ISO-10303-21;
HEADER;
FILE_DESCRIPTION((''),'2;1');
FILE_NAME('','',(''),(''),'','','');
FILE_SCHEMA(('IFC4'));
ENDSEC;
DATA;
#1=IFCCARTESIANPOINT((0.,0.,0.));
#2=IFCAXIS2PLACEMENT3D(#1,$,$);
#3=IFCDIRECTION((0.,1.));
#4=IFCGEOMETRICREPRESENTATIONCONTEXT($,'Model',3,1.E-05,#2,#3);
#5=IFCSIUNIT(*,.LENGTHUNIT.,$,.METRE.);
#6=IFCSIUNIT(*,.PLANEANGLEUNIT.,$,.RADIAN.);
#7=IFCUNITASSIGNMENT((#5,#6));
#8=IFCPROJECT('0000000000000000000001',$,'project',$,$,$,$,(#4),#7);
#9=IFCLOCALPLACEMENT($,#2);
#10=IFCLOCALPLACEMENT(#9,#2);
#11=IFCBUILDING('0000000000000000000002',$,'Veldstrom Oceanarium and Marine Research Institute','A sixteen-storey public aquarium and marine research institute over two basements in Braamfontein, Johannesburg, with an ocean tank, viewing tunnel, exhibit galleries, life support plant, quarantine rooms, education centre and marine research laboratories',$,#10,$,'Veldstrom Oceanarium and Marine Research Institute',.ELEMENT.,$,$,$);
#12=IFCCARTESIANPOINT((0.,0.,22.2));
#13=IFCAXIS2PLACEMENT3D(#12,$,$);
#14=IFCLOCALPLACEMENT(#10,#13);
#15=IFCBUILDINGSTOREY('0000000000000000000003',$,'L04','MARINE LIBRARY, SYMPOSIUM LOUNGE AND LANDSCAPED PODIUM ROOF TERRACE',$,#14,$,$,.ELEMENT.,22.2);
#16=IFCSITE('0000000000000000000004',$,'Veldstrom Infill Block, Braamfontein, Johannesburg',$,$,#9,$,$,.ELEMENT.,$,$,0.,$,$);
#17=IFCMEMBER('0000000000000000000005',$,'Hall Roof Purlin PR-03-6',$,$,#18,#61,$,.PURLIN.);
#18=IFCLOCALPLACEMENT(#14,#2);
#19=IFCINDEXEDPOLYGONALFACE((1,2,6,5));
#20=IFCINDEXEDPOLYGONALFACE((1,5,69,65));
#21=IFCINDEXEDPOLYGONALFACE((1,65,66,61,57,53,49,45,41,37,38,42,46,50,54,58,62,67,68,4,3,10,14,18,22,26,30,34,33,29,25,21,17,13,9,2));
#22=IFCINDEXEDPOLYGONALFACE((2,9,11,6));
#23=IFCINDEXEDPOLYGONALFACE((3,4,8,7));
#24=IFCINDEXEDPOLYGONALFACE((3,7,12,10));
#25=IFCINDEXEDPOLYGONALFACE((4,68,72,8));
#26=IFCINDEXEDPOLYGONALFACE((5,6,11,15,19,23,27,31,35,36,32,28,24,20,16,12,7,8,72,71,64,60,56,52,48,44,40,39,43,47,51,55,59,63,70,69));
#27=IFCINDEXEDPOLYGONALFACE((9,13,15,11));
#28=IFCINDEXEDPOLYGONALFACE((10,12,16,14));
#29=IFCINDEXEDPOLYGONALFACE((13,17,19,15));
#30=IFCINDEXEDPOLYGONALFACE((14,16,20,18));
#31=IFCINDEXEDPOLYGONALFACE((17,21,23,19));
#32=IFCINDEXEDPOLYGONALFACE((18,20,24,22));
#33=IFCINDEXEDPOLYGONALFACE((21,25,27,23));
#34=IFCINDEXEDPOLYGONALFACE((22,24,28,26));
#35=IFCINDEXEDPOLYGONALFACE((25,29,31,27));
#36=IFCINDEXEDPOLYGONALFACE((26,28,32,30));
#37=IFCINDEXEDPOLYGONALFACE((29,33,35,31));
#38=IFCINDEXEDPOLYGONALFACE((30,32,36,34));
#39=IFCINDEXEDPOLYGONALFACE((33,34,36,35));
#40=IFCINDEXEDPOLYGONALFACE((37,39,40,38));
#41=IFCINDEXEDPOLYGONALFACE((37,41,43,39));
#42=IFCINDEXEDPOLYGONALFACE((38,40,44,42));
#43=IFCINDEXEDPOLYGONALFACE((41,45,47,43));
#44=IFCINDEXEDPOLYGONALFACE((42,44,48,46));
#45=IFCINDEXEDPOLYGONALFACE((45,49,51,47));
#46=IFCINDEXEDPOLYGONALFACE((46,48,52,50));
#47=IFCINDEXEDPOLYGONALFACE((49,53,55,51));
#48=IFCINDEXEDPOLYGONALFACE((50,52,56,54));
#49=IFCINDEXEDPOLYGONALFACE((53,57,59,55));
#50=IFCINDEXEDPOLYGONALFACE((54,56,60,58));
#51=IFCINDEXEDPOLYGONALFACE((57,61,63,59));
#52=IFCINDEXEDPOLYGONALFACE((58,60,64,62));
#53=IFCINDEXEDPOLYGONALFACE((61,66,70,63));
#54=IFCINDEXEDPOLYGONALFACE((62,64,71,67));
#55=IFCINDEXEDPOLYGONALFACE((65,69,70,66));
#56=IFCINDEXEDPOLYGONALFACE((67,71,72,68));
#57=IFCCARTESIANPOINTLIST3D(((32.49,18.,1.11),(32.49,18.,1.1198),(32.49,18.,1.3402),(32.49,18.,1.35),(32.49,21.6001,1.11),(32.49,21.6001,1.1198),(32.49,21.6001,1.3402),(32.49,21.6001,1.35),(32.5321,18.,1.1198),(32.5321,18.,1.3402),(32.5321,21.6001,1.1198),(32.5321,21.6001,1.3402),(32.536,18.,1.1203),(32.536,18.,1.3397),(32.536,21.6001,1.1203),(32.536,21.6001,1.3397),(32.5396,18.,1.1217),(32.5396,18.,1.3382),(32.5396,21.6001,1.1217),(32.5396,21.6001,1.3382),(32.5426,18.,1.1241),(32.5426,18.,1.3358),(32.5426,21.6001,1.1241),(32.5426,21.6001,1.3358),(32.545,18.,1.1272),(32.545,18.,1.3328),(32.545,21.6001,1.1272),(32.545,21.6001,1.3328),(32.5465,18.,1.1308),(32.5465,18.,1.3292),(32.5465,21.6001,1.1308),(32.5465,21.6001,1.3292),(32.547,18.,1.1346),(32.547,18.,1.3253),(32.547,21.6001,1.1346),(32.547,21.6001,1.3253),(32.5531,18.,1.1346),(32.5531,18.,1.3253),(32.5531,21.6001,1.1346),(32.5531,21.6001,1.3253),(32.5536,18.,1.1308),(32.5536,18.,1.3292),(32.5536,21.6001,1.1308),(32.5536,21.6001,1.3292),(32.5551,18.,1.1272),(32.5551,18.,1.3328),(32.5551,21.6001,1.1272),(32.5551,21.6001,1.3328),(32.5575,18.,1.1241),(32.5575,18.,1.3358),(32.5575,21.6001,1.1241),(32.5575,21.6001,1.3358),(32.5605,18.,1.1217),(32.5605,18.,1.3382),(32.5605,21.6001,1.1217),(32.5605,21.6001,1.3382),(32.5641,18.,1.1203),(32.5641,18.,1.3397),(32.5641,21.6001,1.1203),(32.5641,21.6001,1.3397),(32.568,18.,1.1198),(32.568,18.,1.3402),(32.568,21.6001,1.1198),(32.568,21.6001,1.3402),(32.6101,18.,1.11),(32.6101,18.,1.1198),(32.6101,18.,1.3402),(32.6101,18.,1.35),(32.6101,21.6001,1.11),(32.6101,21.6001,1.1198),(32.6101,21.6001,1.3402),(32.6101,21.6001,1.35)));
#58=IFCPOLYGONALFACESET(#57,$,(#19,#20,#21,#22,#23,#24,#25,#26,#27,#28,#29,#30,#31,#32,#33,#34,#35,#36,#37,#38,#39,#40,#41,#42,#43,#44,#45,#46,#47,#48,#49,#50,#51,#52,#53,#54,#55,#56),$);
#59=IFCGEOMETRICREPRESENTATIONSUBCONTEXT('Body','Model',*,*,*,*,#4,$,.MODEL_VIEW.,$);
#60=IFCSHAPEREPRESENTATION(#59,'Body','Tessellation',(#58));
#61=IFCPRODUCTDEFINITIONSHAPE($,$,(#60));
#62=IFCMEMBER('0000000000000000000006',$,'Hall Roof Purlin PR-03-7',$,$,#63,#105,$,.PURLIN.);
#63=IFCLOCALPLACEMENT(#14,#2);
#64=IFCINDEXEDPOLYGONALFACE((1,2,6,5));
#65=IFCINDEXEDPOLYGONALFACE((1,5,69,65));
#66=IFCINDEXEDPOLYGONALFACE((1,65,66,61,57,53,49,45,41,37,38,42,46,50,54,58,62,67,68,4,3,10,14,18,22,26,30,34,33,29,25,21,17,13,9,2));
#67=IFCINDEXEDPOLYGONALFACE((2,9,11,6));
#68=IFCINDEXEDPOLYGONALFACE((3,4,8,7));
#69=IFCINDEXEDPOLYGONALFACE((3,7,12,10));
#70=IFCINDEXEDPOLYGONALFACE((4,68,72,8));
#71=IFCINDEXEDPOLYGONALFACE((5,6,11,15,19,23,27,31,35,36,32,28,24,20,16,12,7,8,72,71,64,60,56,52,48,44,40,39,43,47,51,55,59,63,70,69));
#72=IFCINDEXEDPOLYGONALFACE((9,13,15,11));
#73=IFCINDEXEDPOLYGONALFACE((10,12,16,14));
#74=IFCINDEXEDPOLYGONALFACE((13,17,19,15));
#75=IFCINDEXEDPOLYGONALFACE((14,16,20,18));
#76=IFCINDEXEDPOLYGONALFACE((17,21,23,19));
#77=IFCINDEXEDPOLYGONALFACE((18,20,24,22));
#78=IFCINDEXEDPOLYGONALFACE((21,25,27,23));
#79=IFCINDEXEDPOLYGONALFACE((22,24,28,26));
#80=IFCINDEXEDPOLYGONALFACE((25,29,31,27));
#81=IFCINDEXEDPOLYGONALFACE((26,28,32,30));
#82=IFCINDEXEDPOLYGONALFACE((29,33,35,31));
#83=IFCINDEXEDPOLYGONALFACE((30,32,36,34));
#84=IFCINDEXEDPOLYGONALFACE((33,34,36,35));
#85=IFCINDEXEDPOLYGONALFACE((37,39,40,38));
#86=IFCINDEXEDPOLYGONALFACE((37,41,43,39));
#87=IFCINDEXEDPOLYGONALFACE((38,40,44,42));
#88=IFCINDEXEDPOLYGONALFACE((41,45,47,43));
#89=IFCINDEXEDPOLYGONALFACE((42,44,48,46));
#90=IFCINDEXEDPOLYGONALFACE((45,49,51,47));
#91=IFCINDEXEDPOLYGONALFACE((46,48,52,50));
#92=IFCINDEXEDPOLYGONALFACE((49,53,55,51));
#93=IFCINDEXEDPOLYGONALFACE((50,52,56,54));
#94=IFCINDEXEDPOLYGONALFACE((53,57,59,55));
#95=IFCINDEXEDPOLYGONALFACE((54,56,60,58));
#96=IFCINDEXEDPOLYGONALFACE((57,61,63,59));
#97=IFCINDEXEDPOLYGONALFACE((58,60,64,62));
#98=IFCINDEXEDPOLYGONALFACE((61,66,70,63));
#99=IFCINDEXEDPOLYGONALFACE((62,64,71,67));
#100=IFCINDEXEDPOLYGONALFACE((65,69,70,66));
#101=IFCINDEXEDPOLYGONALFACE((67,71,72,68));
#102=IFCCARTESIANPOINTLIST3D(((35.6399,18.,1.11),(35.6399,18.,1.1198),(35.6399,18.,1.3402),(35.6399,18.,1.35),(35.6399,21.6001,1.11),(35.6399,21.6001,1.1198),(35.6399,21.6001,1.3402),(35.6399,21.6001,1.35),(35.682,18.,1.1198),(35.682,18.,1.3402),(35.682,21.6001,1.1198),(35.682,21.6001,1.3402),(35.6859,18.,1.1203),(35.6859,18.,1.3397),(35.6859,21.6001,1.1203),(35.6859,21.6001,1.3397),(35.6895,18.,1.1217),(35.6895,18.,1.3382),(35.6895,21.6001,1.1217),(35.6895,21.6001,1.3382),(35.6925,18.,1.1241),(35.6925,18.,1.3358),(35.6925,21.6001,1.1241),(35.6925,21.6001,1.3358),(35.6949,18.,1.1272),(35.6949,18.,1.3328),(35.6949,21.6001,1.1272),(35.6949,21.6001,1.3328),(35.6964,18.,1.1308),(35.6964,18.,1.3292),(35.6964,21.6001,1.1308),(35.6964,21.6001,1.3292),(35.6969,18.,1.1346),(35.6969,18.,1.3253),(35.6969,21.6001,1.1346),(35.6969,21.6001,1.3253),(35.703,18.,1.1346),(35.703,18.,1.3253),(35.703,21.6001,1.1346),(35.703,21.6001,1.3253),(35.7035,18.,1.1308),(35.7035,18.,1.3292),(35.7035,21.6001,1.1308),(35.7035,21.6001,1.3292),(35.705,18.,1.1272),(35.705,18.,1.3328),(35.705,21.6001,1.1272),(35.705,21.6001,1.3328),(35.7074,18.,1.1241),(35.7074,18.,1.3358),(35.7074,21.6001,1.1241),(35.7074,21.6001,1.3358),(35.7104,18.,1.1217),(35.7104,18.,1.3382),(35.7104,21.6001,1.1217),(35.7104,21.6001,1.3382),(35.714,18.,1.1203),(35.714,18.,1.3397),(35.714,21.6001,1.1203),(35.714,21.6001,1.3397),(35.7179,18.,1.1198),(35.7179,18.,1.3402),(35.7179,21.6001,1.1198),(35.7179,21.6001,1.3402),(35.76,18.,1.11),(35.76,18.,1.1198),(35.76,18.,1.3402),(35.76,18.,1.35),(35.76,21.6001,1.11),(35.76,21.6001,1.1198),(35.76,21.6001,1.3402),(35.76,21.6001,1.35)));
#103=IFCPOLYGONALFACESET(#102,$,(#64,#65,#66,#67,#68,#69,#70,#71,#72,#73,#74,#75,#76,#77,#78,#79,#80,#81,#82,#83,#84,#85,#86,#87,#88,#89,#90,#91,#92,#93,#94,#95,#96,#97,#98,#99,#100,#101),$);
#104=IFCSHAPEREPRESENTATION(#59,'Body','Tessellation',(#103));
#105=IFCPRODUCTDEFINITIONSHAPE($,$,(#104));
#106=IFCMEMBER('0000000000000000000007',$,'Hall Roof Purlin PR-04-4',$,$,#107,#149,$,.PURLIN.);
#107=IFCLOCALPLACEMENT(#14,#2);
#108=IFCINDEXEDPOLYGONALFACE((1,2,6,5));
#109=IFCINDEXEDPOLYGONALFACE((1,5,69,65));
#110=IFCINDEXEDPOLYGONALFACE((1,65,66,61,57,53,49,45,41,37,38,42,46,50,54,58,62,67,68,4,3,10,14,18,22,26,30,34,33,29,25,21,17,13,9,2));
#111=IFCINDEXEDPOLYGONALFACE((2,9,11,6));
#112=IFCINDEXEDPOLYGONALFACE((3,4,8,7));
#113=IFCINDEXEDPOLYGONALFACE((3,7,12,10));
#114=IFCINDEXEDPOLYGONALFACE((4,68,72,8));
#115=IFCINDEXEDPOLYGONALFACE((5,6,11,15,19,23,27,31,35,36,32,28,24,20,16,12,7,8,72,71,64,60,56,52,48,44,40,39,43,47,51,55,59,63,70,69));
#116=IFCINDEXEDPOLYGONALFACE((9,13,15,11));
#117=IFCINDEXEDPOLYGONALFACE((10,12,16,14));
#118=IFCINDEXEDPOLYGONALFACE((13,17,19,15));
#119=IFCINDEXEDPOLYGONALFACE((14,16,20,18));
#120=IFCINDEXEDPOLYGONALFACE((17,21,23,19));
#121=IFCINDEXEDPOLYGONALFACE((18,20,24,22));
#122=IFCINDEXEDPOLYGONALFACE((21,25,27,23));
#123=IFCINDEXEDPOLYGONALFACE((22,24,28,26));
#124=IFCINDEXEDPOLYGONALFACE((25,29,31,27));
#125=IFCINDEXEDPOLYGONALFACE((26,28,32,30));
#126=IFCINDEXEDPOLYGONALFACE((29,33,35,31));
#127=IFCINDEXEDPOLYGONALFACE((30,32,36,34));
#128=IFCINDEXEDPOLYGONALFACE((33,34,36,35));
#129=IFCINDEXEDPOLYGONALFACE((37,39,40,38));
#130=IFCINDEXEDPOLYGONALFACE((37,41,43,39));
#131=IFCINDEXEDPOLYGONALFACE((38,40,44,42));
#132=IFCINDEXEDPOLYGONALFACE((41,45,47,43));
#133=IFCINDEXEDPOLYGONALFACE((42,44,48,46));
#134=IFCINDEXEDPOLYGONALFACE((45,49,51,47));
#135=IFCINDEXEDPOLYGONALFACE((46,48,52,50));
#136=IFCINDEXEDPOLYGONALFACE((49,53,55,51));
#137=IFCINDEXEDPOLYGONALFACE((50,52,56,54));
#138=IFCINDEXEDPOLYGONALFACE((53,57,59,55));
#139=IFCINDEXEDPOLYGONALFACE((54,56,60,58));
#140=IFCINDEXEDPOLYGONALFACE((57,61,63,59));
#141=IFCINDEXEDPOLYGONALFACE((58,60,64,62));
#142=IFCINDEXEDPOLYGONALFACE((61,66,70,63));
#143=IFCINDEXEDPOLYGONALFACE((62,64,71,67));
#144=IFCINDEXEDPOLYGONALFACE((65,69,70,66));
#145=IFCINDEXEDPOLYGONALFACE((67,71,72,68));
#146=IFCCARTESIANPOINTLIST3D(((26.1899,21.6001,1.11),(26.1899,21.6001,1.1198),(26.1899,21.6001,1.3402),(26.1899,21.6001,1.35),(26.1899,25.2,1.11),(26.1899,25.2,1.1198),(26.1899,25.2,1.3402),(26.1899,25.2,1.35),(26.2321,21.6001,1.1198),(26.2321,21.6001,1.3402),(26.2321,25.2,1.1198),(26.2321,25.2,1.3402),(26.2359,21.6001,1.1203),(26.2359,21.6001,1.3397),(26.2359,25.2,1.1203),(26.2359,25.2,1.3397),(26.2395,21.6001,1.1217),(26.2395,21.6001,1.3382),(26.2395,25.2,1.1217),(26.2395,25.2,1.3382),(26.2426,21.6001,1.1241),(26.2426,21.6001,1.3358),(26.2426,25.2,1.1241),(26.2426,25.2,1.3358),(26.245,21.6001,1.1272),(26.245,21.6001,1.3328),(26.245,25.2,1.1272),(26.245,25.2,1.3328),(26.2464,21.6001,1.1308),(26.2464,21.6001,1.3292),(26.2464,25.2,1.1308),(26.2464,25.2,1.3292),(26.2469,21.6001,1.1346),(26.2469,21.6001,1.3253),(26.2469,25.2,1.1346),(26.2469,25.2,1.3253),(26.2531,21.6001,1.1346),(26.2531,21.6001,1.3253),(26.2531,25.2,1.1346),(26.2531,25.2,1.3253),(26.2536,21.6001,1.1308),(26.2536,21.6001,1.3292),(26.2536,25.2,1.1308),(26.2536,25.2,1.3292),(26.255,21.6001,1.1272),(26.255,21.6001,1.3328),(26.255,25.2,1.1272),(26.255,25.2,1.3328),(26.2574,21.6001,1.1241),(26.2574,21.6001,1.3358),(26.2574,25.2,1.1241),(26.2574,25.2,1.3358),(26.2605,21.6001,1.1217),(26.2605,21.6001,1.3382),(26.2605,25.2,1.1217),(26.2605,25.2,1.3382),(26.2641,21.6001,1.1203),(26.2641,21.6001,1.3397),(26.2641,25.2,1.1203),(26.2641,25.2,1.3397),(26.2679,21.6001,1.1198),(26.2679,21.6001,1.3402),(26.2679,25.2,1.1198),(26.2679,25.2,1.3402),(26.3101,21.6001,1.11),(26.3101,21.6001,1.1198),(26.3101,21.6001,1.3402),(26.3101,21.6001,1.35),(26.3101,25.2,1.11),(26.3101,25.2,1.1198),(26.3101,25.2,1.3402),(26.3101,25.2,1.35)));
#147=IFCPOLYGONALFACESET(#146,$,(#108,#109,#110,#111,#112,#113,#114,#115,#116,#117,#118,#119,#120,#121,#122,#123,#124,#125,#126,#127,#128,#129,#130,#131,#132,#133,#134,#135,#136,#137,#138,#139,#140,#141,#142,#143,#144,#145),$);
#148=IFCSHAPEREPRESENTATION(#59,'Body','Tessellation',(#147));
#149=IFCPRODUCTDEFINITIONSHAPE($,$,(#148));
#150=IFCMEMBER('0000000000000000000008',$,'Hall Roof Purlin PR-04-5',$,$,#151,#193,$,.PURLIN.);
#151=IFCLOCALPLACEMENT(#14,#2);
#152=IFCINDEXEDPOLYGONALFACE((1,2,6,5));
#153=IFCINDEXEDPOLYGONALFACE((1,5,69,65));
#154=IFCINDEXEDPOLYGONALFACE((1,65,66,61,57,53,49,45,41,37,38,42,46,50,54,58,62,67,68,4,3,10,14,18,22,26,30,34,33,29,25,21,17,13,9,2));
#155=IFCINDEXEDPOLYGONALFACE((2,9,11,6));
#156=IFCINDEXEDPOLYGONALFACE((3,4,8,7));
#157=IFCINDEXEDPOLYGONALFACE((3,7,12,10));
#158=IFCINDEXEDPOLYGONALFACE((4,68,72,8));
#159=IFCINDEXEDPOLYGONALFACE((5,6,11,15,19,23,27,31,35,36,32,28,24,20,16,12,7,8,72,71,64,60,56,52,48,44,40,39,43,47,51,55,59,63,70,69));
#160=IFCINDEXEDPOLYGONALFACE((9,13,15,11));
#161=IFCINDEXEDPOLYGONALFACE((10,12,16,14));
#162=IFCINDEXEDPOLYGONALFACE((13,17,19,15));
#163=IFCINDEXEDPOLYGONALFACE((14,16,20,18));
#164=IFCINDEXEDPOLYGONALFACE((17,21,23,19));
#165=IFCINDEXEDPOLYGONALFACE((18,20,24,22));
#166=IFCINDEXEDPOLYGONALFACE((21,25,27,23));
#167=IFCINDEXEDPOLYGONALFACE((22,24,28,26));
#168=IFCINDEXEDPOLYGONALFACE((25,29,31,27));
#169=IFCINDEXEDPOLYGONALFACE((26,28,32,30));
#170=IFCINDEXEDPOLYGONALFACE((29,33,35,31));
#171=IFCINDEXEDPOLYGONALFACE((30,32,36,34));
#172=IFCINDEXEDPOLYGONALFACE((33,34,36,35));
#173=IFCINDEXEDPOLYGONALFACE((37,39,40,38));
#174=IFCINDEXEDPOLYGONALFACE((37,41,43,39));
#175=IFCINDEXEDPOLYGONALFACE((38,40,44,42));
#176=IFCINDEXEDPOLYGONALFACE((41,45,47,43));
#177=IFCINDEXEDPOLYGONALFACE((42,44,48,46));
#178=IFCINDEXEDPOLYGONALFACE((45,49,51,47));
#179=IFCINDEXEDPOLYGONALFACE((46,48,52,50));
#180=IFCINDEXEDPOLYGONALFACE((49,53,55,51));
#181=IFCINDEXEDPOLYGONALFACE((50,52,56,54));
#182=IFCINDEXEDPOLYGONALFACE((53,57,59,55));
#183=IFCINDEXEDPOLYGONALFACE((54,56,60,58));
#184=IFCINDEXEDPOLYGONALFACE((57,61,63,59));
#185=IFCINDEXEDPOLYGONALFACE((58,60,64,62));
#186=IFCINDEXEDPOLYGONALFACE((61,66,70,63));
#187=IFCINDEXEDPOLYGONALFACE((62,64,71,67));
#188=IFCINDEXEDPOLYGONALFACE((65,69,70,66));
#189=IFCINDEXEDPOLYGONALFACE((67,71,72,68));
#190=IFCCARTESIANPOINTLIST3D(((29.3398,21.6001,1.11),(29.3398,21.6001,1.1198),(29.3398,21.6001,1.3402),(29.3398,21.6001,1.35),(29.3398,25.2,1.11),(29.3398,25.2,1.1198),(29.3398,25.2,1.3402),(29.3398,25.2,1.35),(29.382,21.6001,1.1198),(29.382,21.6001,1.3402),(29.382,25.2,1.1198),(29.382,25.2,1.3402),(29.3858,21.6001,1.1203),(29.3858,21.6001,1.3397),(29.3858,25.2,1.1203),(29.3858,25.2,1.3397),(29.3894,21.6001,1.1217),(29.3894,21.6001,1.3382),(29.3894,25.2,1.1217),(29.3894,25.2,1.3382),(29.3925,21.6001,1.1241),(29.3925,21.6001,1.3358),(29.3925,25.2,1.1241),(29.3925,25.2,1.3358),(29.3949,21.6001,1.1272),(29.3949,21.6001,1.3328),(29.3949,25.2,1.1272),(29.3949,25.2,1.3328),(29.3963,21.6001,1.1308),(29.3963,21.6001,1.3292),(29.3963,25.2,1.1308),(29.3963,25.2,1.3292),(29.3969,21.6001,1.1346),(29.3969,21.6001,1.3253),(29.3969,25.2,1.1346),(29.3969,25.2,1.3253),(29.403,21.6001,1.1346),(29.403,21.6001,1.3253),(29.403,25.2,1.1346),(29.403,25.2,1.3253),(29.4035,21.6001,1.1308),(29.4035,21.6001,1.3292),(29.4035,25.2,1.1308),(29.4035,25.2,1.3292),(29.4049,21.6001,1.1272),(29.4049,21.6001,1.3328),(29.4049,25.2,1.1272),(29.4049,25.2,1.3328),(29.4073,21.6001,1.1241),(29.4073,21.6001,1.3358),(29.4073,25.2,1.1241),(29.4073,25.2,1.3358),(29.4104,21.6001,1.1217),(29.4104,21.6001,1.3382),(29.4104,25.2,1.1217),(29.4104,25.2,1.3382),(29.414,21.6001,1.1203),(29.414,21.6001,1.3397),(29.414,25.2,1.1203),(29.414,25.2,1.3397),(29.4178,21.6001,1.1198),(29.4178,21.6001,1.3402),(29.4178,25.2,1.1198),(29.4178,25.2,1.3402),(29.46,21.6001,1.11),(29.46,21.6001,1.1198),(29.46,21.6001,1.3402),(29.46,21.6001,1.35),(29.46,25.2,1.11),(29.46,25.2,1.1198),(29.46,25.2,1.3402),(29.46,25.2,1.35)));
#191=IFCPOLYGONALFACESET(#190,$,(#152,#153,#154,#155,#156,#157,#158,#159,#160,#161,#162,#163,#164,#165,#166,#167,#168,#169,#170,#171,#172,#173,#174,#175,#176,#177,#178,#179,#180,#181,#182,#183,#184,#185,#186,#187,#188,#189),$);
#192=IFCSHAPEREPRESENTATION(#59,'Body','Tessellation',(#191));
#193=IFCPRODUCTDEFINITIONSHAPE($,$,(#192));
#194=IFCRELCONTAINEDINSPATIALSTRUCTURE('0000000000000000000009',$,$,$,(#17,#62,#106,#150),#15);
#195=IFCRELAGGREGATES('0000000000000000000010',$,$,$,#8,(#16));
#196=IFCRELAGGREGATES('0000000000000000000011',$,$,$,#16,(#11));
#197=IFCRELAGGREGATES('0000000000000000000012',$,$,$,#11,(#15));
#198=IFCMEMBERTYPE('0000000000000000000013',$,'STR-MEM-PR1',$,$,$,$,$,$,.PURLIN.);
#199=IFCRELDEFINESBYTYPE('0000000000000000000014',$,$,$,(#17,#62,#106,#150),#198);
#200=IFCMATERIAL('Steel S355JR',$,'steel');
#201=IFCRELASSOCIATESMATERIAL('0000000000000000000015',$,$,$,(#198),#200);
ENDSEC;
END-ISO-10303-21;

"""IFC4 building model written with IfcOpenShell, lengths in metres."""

from ifc_helpers import new_model, si_unit, direction, frame, origin, origin_2d, place, context, subcontext, project, spatial, i_section, extrude, material, material_profile, profile_set, type_object, element, save


model = new_model("IFC4")

# Units and contexts
model_context = context("Model", 3, precision=1e-05, world=origin(), true_north=direction((0.0, 1.0)))
body_context = subcontext(model_context, "Body", "Model", "MODEL_VIEW")
ifc_project = project(units=[si_unit("LENGTHUNIT", "METRE"), si_unit("PLANEANGLEUNIT", "RADIAN")], contexts=[model_context])

# Site, building, storey
site_placement = place(None, origin())
site = spatial("IfcSite", under=ifc_project, at=site_placement, Name="Veldstrom Infill Block, Braamfontein, Johannesburg", CompositionType="ELEMENT", RefElevation=0.0)
building_placement = place(site_placement, origin())
building = spatial("IfcBuilding", under=site, at=building_placement, Name="Veldstrom Oceanarium and Marine Research Institute", Description="A sixteen-storey public aquarium and marine research institute over two basements in Braamfontein, Johannesburg, with an ocean tank, viewing tunnel, exhibit galleries, life support plant, quarantine rooms, education centre and marine research laboratories", LongName="Veldstrom Oceanarium and Marine Research Institute", CompositionType="ELEMENT")
storey_placement = place(building_placement, frame((0.0, 0.0, 22.2)))
storey = spatial("IfcBuildingStorey", under=building, at=storey_placement, Name="L04", Description="MARINE LIBRARY, SYMPOSIUM LOUNGE AND LANDSCAPED PODIUM ROOF TERRACE", CompositionType="ELEMENT", Elevation=22.2)

# Members
ifc_material_1 = material(Name="Steel S355JR", Category="steel")
ifc_material_profile_1 = material_profile(ifc_material_1, i_section(OverallWidth=0.1201, OverallDepth=0.24, WebThickness=0.0061, FlangeThickness=0.0098, FilletRadius=0.0149, at=origin_2d()), Name="IPE 240")
ifc_profile_set_1 = profile_set([ifc_material_profile_1], Name="Steel S355JR")
member_type_1 = type_object("IfcMemberType", Name="STR-MEM-PR1", PredefinedType="PURLIN", material=ifc_profile_set_1)
for number, where, z_axis, x_axis, name in (
    (1, (32.55, 18.0, 1.23), (0.0, 1.0, 0.0), (-1.0, 0.0, 0.0), "Hall Roof Purlin PR-03-6"),
    (2, (35.7, 18.0, 1.23), (0.0, 1.0, 0.0), (-1.0, 0.0, 0.0), "Hall Roof Purlin PR-03-7"),
):
    element("IfcMember", number, at=place(storey_placement, frame(where, z_axis=z_axis, x_axis=x_axis)), inside=storey, type_object=member_type_1, Name=name, PredefinedType="PURLIN", context=body_context, shape_type="SweptSolid", body=[
        extrude(i_section(OverallWidth=0.1201, OverallDepth=0.24, WebThickness=0.0061, FlangeThickness=0.0098, FilletRadius=0.0149, at=origin_2d()), origin(), (0.0, 0.0, 1.0), 3.6001),
    ])
for number, where, z_axis, x_axis, name in (
    (3, (26.25, 21.6001, 1.23), (0.0, 1.0, 0.0), (-1.0, 0.0, 0.0), "Hall Roof Purlin PR-04-4"),
    (4, (29.3999, 21.6001, 1.23), (0.0, 1.0, 0.0), (-1.0, 0.0, 0.0), "Hall Roof Purlin PR-04-5"),
):
    element("IfcMember", number, at=place(storey_placement, frame(where, z_axis=z_axis, x_axis=x_axis)), inside=storey, type_object=member_type_1, Name=name, PredefinedType="PURLIN", context=body_context, shape_type="SweptSolid", body=[
        extrude(i_section(OverallWidth=0.1201, OverallDepth=0.24, WebThickness=0.0061, FlangeThickness=0.0098, FilletRadius=0.0149, at=origin_2d()), origin(), (0.0, 0.0, 1.0), 3.5999),
    ])

save(model, "model.ifc")
